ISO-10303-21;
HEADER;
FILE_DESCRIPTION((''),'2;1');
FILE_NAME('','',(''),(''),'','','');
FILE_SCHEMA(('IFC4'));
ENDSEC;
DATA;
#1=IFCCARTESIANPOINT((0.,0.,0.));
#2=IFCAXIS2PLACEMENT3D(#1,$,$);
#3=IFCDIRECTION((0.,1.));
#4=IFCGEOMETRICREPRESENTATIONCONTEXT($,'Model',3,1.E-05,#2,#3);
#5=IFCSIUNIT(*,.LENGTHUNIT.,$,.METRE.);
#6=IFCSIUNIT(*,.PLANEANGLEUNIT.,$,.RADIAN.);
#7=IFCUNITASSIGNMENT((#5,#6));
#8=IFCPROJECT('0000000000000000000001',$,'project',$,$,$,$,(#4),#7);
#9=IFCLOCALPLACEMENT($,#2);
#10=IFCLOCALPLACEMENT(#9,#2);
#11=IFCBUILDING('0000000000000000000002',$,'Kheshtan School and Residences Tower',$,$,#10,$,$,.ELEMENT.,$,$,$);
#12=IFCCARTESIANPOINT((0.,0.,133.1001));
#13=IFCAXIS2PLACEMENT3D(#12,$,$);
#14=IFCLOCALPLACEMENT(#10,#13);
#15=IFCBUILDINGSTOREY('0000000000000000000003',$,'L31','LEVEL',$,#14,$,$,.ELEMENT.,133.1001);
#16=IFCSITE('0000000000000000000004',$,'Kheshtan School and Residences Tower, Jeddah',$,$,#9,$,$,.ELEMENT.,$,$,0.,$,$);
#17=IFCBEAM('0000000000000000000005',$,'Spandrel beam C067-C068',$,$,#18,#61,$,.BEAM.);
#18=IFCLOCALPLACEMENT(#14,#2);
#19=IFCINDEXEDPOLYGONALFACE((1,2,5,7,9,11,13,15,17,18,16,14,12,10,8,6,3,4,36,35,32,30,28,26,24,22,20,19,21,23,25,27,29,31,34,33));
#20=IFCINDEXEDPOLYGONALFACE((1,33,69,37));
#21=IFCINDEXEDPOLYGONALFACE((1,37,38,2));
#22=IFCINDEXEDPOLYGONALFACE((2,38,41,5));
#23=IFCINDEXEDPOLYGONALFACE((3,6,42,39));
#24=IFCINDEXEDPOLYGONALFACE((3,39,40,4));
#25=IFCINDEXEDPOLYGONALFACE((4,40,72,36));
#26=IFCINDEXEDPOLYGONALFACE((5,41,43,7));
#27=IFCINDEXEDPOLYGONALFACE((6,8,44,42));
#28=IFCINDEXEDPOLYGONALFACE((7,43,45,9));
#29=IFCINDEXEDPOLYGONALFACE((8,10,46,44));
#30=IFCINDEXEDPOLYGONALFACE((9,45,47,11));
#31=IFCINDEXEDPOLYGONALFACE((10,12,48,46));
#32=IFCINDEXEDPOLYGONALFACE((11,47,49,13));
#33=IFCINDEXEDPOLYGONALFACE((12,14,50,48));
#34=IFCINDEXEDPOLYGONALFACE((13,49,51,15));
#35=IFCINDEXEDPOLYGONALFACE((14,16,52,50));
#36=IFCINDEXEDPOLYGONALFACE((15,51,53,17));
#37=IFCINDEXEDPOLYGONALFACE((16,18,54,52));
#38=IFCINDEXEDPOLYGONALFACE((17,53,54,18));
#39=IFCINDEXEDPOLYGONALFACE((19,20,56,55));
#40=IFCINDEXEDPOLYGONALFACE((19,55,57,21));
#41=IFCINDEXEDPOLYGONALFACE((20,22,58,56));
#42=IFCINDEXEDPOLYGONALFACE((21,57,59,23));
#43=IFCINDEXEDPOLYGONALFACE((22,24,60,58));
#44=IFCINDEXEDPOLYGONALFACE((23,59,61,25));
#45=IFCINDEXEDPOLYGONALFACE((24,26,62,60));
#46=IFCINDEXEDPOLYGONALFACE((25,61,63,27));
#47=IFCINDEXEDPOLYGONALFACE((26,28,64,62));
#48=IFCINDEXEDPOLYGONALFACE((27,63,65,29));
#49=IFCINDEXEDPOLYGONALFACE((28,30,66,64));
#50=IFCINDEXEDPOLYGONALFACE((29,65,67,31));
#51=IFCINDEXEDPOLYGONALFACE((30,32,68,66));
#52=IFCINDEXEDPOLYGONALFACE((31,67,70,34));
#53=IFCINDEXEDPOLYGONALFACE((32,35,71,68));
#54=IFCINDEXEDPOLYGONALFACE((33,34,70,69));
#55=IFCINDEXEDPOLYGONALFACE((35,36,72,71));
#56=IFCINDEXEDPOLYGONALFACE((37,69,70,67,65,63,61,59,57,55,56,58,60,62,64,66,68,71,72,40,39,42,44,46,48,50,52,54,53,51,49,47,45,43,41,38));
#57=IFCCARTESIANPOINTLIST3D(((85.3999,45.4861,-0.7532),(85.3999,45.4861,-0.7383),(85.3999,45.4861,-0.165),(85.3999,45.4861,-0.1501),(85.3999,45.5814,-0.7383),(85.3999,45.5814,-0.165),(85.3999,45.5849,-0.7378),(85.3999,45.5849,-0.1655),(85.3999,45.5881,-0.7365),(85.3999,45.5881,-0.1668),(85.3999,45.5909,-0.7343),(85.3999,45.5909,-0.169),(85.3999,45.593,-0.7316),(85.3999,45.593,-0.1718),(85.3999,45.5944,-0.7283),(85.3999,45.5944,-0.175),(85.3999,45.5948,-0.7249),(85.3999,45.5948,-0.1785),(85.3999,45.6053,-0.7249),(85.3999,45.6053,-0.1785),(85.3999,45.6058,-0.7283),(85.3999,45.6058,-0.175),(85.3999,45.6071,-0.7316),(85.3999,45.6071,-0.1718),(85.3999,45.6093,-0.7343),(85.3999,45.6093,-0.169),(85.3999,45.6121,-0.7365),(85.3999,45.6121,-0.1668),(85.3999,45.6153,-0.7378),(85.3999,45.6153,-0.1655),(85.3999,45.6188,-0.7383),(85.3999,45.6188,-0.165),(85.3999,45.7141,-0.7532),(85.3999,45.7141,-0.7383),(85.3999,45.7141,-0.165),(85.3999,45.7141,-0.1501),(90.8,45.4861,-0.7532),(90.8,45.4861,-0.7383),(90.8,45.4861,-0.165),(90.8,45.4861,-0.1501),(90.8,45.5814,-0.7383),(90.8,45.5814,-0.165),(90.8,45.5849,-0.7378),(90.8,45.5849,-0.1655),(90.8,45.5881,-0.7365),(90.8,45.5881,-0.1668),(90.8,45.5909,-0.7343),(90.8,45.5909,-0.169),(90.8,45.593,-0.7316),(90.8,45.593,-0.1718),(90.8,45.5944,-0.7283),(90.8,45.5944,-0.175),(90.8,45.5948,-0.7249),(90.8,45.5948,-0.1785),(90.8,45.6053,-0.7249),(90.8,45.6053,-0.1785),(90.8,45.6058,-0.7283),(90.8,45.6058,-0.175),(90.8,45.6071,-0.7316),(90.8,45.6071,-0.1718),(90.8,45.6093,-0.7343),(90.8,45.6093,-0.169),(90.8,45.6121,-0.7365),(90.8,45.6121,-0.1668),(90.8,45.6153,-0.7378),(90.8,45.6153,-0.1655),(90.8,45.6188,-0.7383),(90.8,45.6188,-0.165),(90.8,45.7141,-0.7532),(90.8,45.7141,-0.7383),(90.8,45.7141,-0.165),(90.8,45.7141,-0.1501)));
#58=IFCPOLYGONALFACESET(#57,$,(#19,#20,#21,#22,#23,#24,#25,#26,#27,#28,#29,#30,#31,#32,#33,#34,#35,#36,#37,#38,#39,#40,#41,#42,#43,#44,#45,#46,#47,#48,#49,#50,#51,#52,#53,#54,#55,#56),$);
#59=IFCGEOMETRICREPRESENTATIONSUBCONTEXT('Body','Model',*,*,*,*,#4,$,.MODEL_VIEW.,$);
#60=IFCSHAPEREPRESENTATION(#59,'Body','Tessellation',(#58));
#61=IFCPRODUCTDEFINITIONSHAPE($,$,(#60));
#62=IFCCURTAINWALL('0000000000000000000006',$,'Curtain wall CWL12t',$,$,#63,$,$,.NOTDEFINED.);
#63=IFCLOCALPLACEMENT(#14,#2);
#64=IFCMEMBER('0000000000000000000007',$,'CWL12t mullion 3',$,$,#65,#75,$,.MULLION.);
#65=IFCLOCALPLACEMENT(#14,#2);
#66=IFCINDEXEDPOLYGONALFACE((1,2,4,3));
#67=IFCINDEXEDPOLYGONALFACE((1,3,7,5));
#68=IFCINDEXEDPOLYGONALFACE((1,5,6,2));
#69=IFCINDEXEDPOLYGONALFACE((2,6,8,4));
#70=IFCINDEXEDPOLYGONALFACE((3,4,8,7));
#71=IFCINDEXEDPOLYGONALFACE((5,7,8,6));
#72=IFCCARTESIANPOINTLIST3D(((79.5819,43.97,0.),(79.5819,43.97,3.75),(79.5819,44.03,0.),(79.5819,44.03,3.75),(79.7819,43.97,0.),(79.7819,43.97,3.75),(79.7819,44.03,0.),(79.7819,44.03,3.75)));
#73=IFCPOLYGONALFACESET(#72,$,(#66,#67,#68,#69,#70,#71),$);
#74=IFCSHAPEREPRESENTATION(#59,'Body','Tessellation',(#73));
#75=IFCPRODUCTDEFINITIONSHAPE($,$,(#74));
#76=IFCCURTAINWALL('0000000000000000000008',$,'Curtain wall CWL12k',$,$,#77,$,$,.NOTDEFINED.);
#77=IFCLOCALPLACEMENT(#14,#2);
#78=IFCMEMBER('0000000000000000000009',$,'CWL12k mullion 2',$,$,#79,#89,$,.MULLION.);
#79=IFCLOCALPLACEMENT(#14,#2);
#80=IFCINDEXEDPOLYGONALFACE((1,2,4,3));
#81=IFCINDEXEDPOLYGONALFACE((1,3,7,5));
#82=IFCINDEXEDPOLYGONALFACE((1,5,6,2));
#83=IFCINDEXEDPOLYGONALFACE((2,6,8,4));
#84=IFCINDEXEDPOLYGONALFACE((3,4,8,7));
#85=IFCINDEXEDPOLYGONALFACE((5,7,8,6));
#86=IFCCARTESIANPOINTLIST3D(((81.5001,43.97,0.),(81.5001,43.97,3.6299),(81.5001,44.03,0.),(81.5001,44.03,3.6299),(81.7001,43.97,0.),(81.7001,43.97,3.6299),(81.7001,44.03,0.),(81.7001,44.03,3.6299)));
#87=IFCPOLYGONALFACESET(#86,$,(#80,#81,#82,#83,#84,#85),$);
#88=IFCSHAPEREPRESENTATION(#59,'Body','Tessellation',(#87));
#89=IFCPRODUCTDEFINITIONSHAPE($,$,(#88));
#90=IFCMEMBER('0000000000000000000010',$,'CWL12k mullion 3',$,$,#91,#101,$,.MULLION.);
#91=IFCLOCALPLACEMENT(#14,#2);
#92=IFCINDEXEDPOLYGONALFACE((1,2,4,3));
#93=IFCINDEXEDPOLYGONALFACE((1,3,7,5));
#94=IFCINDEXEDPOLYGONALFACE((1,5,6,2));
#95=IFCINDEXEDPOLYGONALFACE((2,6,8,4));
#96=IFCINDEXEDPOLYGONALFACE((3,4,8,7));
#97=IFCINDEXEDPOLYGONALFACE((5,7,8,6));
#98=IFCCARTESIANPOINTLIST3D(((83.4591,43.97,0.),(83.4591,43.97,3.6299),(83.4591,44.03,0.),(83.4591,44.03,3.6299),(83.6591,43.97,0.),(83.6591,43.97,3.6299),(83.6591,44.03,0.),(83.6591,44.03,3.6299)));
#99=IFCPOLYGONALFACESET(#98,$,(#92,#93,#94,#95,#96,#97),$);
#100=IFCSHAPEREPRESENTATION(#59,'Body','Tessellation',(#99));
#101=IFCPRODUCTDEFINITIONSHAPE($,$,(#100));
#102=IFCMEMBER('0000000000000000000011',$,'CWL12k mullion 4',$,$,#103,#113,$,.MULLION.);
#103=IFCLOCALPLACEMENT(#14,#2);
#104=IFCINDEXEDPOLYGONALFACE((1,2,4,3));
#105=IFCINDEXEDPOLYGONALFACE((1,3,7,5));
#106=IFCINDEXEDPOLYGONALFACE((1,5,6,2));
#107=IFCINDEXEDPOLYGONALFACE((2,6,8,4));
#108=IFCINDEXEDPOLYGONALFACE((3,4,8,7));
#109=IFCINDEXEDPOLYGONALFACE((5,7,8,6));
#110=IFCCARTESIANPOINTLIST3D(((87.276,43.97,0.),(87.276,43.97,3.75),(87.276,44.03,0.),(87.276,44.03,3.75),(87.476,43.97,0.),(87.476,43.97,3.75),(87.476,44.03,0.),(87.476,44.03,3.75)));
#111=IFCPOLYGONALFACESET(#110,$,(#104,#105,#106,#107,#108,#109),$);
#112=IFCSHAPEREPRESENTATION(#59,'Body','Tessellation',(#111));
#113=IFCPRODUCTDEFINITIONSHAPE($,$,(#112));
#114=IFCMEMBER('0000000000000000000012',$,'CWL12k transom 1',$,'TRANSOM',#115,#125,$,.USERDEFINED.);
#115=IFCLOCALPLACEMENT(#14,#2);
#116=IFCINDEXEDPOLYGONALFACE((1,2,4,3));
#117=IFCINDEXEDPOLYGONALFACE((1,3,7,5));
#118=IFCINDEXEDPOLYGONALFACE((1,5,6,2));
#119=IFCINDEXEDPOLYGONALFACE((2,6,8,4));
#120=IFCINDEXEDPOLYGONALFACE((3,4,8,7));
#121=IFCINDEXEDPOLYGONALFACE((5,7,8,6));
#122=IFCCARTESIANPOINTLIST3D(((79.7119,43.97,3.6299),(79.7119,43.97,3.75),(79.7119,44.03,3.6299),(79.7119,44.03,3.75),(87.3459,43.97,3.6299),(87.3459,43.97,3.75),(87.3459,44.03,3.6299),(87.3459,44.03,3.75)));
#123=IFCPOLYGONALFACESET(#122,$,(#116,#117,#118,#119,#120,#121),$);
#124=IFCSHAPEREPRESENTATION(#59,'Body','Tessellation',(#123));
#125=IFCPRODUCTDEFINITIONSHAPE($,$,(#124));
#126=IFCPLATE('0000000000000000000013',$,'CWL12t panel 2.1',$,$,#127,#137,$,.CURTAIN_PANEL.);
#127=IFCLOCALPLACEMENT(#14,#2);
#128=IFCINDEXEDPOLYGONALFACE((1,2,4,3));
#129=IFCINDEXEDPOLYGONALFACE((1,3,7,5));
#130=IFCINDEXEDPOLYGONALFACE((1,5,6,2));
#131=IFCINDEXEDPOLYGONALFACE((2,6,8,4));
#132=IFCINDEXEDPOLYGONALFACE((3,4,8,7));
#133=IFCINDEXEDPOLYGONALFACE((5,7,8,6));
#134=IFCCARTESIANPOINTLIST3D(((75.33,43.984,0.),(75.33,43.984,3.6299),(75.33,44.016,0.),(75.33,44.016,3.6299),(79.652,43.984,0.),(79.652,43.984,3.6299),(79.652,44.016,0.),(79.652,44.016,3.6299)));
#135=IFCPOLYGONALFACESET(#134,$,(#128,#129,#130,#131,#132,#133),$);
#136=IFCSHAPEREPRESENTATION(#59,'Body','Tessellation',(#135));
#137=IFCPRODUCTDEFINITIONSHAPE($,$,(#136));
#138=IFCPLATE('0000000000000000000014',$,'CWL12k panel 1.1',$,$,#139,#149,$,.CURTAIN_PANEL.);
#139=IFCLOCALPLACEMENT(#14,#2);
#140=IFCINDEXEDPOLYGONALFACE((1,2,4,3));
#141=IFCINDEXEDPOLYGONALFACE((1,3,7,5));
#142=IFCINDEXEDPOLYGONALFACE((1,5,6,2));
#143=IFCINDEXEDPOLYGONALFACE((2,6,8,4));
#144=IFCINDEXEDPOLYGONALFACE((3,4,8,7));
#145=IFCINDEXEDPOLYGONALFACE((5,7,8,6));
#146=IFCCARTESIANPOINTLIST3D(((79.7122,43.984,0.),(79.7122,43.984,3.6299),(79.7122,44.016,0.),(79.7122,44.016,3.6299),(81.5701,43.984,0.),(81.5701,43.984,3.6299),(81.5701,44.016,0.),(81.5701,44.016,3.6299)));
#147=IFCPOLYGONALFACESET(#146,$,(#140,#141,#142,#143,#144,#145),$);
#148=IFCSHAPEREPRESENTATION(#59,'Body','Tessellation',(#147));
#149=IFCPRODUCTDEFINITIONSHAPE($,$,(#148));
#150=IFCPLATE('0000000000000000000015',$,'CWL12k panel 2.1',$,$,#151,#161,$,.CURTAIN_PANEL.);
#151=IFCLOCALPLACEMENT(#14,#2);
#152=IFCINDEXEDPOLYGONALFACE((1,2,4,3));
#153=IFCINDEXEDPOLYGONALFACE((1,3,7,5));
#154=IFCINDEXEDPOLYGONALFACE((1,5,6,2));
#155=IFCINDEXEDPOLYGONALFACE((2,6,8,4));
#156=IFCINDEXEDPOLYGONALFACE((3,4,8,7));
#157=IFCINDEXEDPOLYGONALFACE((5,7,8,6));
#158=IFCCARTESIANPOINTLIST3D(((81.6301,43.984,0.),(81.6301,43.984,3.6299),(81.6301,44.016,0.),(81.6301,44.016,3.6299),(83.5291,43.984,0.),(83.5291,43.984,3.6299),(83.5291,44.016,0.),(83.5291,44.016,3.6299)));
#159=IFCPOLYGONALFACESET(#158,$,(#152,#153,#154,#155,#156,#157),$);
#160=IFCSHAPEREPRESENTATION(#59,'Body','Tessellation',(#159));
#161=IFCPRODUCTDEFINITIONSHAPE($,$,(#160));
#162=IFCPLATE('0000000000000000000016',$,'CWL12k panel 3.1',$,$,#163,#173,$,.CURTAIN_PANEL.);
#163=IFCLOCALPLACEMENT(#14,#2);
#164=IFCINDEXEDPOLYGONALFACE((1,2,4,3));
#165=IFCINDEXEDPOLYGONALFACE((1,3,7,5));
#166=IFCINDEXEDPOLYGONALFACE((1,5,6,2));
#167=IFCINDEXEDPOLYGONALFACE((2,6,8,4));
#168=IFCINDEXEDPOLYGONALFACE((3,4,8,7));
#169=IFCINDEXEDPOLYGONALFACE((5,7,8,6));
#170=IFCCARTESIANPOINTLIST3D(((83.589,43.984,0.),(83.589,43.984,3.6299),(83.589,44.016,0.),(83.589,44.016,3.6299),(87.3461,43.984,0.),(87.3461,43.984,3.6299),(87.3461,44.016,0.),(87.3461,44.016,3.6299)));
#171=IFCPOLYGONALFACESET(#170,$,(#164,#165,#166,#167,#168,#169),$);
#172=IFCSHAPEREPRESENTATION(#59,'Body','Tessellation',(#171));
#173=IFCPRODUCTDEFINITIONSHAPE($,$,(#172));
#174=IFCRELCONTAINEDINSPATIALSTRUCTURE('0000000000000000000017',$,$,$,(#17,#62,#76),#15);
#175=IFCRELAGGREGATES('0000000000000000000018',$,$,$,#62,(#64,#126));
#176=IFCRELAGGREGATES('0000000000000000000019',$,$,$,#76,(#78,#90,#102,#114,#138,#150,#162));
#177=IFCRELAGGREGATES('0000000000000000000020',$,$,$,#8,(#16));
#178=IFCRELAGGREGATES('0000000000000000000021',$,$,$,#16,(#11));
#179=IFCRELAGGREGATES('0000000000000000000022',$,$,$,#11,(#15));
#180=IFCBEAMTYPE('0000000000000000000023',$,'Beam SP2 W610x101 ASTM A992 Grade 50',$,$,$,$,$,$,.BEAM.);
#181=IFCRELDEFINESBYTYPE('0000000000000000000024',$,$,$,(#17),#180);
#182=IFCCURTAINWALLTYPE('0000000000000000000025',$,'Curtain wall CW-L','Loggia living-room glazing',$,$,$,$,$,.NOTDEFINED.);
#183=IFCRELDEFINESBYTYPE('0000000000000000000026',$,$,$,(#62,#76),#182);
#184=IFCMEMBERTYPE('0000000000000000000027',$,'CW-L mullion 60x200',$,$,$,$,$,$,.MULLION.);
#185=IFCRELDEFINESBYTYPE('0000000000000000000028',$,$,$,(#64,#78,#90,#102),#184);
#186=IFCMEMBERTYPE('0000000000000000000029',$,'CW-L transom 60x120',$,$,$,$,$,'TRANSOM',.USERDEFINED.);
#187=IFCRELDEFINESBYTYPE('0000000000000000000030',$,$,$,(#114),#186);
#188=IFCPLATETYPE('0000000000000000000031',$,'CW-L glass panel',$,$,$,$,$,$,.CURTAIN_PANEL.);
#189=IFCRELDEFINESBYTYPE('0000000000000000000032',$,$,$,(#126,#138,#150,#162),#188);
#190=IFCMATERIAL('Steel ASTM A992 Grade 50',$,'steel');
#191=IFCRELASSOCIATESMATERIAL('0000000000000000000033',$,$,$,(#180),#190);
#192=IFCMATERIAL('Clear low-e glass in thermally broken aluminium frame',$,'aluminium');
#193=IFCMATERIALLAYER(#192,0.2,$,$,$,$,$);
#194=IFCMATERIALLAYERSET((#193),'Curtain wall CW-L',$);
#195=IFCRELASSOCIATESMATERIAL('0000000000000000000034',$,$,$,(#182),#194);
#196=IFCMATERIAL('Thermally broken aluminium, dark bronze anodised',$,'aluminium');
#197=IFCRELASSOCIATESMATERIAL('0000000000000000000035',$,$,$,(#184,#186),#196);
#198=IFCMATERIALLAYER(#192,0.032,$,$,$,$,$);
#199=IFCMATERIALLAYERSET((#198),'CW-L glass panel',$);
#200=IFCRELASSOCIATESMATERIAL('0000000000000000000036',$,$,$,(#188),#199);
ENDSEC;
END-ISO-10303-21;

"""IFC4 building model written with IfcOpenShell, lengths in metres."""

from ifc_helpers import new_model, si_unit, direction, frame, origin, origin_2d, place, context, subcontext, project, spatial, rectangle, i_section, extrude, material, layer, layer_set, material_profile, profile_set, type_object, element, aggregate, save


model = new_model("IFC4")

# Units and contexts
model_context = context("Model", 3, precision=1e-05, world=origin(), true_north=direction((0.0, 1.0)))
body_context = subcontext(model_context, "Body", "Model", "MODEL_VIEW")
ifc_project = project(units=[si_unit("LENGTHUNIT", "METRE"), si_unit("PLANEANGLEUNIT", "RADIAN")], contexts=[model_context])

# Site, building, storey
site_placement = place(None, origin())
site = spatial("IfcSite", under=ifc_project, at=site_placement, Name="Kheshtan School and Residences Tower, Jeddah", CompositionType="ELEMENT", RefElevation=0.0)
building_placement = place(site_placement, origin())
building = spatial("IfcBuilding", under=site, at=building_placement, Name="Kheshtan School and Residences Tower", CompositionType="ELEMENT")
storey_placement = place(building_placement, frame((0.0, 0.0, 133.1001)))
storey = spatial("IfcBuildingStorey", under=building, at=storey_placement, Name="L31", Description="LEVEL", CompositionType="ELEMENT", Elevation=133.1001)

# Shared definitions
ifc_material_1 = material(Name="Steel ASTM A992 Grade 50", Category="steel")

# Beam
ifc_material_profile_1 = material_profile(ifc_material_1, i_section(OverallWidth=0.228, OverallDepth=0.603, WebThickness=0.0105, FlangeThickness=0.0149, FilletRadius=0.0134, at=origin_2d()), Name="W610x101")
ifc_profile_set_1 = profile_set([ifc_material_profile_1], Name="Steel ASTM A992 Grade 50")
beam_type_1 = type_object("IfcBeamType", Name="Beam SP2 W610x101 ASTM A992 Grade 50", PredefinedType="BEAM", material=ifc_profile_set_1)
beam_1_placement = place(storey_placement, frame((85.3999, 45.6001, -0.4517), z_axis=(1.0, 0.0, 0.0), x_axis=(0.0, 1.0, 0.0)))
element("IfcBeam", 1, at=beam_1_placement, inside=storey, type_object=beam_type_1, Name="Spandrel beam C067-C068", PredefinedType="BEAM", context=body_context, shape_type="SweptSolid", body=[
    extrude(i_section(OverallWidth=0.228, OverallDepth=0.603, WebThickness=0.0105, FlangeThickness=0.0149, FilletRadius=0.0134, at=origin_2d()), origin(), (0.0, 0.0, 1.0), 5.4001),
])

# Curtain wall, member
ifc_material_2 = material(Name="Clear low-e glass in thermally broken aluminium frame", Category="aluminium")
ifc_layer_1 = layer(ifc_material_2, 0.2)
ifc_layer_set_1 = layer_set([ifc_layer_1], Name="Curtain wall CW-L")
curtain_wall_type = type_object("IfcCurtainWallType", Name="Curtain wall CW-L", Description="Loggia living-room glazing", PredefinedType="NOTDEFINED", material=ifc_layer_set_1)
curtain_wall_1_placement = place(storey_placement, origin())
curtain_wall_1 = element("IfcCurtainWall", 2, at=curtain_wall_1_placement, inside=storey, type_object=curtain_wall_type, Name="Curtain wall CWL12t", PredefinedType="NOTDEFINED")
ifc_material_3 = material(Name="Thermally broken aluminium, dark bronze anodised", Category="aluminium")
ifc_material_profile_2 = material_profile(ifc_material_3, rectangle(XDim=0.0601, YDim=0.2, at=origin_2d()), Name="CW-L mullion 60x200")
ifc_profile_set_2 = profile_set([ifc_material_profile_2], Name="Thermally broken aluminium, dark bronze anodised")
member_type_1 = type_object("IfcMemberType", Name="CW-L mullion 60x200", PredefinedType="MULLION", material=ifc_profile_set_2)
member_1_placement = place(storey_placement, frame((79.6819, 44.0, 0.0), z_axis=(0.0, 0.0, 1.0), x_axis=(0.0, 1.0, 0.0)))
member_1 = element("IfcMember", 3, at=member_1_placement, type_object=member_type_1, Name="CWL12t mullion 3", PredefinedType="MULLION", context=body_context, shape_type="SweptSolid", body=[
    extrude(rectangle(XDim=0.0601, YDim=0.2, at=origin_2d()), origin(), (0.0, 0.0, 1.0), 3.75),
])

# Curtain wall, members
curtain_wall_2_placement = place(storey_placement, origin())
curtain_wall_2 = element("IfcCurtainWall", 4, at=curtain_wall_2_placement, inside=storey, type_object=curtain_wall_type, Name="Curtain wall CWL12k", PredefinedType="NOTDEFINED")
member_2_placement = place(storey_placement, frame((81.6001, 44.0, 0.0), z_axis=(0.0, 0.0, 1.0), x_axis=(0.0, 1.0, 0.0)))
member_2 = element("IfcMember", 5, at=member_2_placement, type_object=member_type_1, Name="CWL12k mullion 2", PredefinedType="MULLION", context=body_context, shape_type="SweptSolid", body=[
    extrude(rectangle(XDim=0.0601, YDim=0.2, at=origin_2d()), origin(), (0.0, 0.0, 1.0), 3.6299),
])
member_3_placement = place(storey_placement, frame((83.5591, 44.0, 0.0), z_axis=(0.0, 0.0, 1.0), x_axis=(0.0, 1.0, 0.0)))
member_3 = element("IfcMember", 6, at=member_3_placement, type_object=member_type_1, Name="CWL12k mullion 3", PredefinedType="MULLION", context=body_context, shape_type="SweptSolid", body=[
    extrude(rectangle(XDim=0.0601, YDim=0.2, at=origin_2d()), origin(), (0.0, 0.0, 1.0), 3.6299),
])
member_4_placement = place(storey_placement, frame((87.376, 44.0, 0.0), z_axis=(0.0, 0.0, 1.0), x_axis=(0.0, 1.0, 0.0)))
member_4 = element("IfcMember", 7, at=member_4_placement, type_object=member_type_1, Name="CWL12k mullion 4", PredefinedType="MULLION", context=body_context, shape_type="SweptSolid", body=[
    extrude(rectangle(XDim=0.0601, YDim=0.2, at=origin_2d()), origin(), (0.0, 0.0, 1.0), 3.75),
])
ifc_material_profile_3 = material_profile(ifc_material_3, rectangle(XDim=0.0601, YDim=0.1201, at=origin_2d()), Name="CW-L transom 60x120")
ifc_profile_set_3 = profile_set([ifc_material_profile_3], Name="Thermally broken aluminium, dark bronze anodised")
member_type_2 = type_object("IfcMemberType", Name="CW-L transom 60x120", ElementType="TRANSOM", PredefinedType="USERDEFINED", material=ifc_profile_set_3)
member_5_placement = place(storey_placement, frame((79.7119, 44.0, 3.6899), z_axis=(1.0, 0.0, 0.0), x_axis=(0.0, 1.0, 0.0)))
member_5 = element("IfcMember", 8, at=member_5_placement, type_object=member_type_2, Name="CWL12k transom 1", ObjectType="TRANSOM", PredefinedType="USERDEFINED", context=body_context, shape_type="SweptSolid", body=[
    extrude(rectangle(XDim=0.0601, YDim=0.1201, at=origin_2d()), origin(), (0.0, 0.0, 1.0), 7.634),
])

# Plates
ifc_layer_2 = layer(ifc_material_2, 0.032)
ifc_layer_set_2 = layer_set([ifc_layer_2], Name="CW-L glass panel")
plate_type = type_object("IfcPlateType", Name="CW-L glass panel", PredefinedType="CURTAIN_PANEL", material=ifc_layer_set_2)
plate_1_placement = place(storey_placement, frame((77.491, 44.0, 0.0), z_axis=(0.0, 0.0, 1.0), x_axis=(1.0, 0.0, 0.0)))
plate_1 = element("IfcPlate", 9, at=plate_1_placement, type_object=plate_type, Name="CWL12t panel 2.1", PredefinedType="CURTAIN_PANEL", context=body_context, shape_type="SweptSolid", body=[
    extrude(rectangle(XDim=4.322, YDim=0.032, at=origin_2d()), origin(), (0.0, 0.0, 1.0), 3.6299),
])
aggregate(curtain_wall_1, [member_1, plate_1])
plate_2_placement = place(storey_placement, frame((80.6411, 44.0, 0.0), z_axis=(0.0, 0.0, 1.0), x_axis=(1.0, 0.0, 0.0)))
plate_2 = element("IfcPlate", 10, at=plate_2_placement, type_object=plate_type, Name="CWL12k panel 1.1", PredefinedType="CURTAIN_PANEL", context=body_context, shape_type="SweptSolid", body=[
    extrude(rectangle(XDim=1.8579, YDim=0.032, at=origin_2d()), origin(), (0.0, 0.0, 1.0), 3.6299),
])
plate_3_placement = place(storey_placement, frame((82.5796, 44.0, 0.0), z_axis=(0.0, 0.0, 1.0), x_axis=(1.0, 0.0, 0.0)))
plate_3 = element("IfcPlate", 11, at=plate_3_placement, type_object=plate_type, Name="CWL12k panel 2.1", PredefinedType="CURTAIN_PANEL", context=body_context, shape_type="SweptSolid", body=[
    extrude(rectangle(XDim=1.8989, YDim=0.032, at=origin_2d()), origin(), (0.0, 0.0, 1.0), 3.6299),
])
plate_4_placement = place(storey_placement, frame((85.4675, 44.0, 0.0), z_axis=(0.0, 0.0, 1.0), x_axis=(1.0, 0.0, 0.0)))
plate_4 = element("IfcPlate", 12, at=plate_4_placement, type_object=plate_type, Name="CWL12k panel 3.1", PredefinedType="CURTAIN_PANEL", context=body_context, shape_type="SweptSolid", body=[
    extrude(rectangle(XDim=3.7571, YDim=0.032, at=origin_2d()), origin(), (0.0, 0.0, 1.0), 3.6299),
])
aggregate(curtain_wall_2, [member_2, member_3, member_4, member_5, plate_2, plate_3, plate_4])

save(model, "model.ifc")
